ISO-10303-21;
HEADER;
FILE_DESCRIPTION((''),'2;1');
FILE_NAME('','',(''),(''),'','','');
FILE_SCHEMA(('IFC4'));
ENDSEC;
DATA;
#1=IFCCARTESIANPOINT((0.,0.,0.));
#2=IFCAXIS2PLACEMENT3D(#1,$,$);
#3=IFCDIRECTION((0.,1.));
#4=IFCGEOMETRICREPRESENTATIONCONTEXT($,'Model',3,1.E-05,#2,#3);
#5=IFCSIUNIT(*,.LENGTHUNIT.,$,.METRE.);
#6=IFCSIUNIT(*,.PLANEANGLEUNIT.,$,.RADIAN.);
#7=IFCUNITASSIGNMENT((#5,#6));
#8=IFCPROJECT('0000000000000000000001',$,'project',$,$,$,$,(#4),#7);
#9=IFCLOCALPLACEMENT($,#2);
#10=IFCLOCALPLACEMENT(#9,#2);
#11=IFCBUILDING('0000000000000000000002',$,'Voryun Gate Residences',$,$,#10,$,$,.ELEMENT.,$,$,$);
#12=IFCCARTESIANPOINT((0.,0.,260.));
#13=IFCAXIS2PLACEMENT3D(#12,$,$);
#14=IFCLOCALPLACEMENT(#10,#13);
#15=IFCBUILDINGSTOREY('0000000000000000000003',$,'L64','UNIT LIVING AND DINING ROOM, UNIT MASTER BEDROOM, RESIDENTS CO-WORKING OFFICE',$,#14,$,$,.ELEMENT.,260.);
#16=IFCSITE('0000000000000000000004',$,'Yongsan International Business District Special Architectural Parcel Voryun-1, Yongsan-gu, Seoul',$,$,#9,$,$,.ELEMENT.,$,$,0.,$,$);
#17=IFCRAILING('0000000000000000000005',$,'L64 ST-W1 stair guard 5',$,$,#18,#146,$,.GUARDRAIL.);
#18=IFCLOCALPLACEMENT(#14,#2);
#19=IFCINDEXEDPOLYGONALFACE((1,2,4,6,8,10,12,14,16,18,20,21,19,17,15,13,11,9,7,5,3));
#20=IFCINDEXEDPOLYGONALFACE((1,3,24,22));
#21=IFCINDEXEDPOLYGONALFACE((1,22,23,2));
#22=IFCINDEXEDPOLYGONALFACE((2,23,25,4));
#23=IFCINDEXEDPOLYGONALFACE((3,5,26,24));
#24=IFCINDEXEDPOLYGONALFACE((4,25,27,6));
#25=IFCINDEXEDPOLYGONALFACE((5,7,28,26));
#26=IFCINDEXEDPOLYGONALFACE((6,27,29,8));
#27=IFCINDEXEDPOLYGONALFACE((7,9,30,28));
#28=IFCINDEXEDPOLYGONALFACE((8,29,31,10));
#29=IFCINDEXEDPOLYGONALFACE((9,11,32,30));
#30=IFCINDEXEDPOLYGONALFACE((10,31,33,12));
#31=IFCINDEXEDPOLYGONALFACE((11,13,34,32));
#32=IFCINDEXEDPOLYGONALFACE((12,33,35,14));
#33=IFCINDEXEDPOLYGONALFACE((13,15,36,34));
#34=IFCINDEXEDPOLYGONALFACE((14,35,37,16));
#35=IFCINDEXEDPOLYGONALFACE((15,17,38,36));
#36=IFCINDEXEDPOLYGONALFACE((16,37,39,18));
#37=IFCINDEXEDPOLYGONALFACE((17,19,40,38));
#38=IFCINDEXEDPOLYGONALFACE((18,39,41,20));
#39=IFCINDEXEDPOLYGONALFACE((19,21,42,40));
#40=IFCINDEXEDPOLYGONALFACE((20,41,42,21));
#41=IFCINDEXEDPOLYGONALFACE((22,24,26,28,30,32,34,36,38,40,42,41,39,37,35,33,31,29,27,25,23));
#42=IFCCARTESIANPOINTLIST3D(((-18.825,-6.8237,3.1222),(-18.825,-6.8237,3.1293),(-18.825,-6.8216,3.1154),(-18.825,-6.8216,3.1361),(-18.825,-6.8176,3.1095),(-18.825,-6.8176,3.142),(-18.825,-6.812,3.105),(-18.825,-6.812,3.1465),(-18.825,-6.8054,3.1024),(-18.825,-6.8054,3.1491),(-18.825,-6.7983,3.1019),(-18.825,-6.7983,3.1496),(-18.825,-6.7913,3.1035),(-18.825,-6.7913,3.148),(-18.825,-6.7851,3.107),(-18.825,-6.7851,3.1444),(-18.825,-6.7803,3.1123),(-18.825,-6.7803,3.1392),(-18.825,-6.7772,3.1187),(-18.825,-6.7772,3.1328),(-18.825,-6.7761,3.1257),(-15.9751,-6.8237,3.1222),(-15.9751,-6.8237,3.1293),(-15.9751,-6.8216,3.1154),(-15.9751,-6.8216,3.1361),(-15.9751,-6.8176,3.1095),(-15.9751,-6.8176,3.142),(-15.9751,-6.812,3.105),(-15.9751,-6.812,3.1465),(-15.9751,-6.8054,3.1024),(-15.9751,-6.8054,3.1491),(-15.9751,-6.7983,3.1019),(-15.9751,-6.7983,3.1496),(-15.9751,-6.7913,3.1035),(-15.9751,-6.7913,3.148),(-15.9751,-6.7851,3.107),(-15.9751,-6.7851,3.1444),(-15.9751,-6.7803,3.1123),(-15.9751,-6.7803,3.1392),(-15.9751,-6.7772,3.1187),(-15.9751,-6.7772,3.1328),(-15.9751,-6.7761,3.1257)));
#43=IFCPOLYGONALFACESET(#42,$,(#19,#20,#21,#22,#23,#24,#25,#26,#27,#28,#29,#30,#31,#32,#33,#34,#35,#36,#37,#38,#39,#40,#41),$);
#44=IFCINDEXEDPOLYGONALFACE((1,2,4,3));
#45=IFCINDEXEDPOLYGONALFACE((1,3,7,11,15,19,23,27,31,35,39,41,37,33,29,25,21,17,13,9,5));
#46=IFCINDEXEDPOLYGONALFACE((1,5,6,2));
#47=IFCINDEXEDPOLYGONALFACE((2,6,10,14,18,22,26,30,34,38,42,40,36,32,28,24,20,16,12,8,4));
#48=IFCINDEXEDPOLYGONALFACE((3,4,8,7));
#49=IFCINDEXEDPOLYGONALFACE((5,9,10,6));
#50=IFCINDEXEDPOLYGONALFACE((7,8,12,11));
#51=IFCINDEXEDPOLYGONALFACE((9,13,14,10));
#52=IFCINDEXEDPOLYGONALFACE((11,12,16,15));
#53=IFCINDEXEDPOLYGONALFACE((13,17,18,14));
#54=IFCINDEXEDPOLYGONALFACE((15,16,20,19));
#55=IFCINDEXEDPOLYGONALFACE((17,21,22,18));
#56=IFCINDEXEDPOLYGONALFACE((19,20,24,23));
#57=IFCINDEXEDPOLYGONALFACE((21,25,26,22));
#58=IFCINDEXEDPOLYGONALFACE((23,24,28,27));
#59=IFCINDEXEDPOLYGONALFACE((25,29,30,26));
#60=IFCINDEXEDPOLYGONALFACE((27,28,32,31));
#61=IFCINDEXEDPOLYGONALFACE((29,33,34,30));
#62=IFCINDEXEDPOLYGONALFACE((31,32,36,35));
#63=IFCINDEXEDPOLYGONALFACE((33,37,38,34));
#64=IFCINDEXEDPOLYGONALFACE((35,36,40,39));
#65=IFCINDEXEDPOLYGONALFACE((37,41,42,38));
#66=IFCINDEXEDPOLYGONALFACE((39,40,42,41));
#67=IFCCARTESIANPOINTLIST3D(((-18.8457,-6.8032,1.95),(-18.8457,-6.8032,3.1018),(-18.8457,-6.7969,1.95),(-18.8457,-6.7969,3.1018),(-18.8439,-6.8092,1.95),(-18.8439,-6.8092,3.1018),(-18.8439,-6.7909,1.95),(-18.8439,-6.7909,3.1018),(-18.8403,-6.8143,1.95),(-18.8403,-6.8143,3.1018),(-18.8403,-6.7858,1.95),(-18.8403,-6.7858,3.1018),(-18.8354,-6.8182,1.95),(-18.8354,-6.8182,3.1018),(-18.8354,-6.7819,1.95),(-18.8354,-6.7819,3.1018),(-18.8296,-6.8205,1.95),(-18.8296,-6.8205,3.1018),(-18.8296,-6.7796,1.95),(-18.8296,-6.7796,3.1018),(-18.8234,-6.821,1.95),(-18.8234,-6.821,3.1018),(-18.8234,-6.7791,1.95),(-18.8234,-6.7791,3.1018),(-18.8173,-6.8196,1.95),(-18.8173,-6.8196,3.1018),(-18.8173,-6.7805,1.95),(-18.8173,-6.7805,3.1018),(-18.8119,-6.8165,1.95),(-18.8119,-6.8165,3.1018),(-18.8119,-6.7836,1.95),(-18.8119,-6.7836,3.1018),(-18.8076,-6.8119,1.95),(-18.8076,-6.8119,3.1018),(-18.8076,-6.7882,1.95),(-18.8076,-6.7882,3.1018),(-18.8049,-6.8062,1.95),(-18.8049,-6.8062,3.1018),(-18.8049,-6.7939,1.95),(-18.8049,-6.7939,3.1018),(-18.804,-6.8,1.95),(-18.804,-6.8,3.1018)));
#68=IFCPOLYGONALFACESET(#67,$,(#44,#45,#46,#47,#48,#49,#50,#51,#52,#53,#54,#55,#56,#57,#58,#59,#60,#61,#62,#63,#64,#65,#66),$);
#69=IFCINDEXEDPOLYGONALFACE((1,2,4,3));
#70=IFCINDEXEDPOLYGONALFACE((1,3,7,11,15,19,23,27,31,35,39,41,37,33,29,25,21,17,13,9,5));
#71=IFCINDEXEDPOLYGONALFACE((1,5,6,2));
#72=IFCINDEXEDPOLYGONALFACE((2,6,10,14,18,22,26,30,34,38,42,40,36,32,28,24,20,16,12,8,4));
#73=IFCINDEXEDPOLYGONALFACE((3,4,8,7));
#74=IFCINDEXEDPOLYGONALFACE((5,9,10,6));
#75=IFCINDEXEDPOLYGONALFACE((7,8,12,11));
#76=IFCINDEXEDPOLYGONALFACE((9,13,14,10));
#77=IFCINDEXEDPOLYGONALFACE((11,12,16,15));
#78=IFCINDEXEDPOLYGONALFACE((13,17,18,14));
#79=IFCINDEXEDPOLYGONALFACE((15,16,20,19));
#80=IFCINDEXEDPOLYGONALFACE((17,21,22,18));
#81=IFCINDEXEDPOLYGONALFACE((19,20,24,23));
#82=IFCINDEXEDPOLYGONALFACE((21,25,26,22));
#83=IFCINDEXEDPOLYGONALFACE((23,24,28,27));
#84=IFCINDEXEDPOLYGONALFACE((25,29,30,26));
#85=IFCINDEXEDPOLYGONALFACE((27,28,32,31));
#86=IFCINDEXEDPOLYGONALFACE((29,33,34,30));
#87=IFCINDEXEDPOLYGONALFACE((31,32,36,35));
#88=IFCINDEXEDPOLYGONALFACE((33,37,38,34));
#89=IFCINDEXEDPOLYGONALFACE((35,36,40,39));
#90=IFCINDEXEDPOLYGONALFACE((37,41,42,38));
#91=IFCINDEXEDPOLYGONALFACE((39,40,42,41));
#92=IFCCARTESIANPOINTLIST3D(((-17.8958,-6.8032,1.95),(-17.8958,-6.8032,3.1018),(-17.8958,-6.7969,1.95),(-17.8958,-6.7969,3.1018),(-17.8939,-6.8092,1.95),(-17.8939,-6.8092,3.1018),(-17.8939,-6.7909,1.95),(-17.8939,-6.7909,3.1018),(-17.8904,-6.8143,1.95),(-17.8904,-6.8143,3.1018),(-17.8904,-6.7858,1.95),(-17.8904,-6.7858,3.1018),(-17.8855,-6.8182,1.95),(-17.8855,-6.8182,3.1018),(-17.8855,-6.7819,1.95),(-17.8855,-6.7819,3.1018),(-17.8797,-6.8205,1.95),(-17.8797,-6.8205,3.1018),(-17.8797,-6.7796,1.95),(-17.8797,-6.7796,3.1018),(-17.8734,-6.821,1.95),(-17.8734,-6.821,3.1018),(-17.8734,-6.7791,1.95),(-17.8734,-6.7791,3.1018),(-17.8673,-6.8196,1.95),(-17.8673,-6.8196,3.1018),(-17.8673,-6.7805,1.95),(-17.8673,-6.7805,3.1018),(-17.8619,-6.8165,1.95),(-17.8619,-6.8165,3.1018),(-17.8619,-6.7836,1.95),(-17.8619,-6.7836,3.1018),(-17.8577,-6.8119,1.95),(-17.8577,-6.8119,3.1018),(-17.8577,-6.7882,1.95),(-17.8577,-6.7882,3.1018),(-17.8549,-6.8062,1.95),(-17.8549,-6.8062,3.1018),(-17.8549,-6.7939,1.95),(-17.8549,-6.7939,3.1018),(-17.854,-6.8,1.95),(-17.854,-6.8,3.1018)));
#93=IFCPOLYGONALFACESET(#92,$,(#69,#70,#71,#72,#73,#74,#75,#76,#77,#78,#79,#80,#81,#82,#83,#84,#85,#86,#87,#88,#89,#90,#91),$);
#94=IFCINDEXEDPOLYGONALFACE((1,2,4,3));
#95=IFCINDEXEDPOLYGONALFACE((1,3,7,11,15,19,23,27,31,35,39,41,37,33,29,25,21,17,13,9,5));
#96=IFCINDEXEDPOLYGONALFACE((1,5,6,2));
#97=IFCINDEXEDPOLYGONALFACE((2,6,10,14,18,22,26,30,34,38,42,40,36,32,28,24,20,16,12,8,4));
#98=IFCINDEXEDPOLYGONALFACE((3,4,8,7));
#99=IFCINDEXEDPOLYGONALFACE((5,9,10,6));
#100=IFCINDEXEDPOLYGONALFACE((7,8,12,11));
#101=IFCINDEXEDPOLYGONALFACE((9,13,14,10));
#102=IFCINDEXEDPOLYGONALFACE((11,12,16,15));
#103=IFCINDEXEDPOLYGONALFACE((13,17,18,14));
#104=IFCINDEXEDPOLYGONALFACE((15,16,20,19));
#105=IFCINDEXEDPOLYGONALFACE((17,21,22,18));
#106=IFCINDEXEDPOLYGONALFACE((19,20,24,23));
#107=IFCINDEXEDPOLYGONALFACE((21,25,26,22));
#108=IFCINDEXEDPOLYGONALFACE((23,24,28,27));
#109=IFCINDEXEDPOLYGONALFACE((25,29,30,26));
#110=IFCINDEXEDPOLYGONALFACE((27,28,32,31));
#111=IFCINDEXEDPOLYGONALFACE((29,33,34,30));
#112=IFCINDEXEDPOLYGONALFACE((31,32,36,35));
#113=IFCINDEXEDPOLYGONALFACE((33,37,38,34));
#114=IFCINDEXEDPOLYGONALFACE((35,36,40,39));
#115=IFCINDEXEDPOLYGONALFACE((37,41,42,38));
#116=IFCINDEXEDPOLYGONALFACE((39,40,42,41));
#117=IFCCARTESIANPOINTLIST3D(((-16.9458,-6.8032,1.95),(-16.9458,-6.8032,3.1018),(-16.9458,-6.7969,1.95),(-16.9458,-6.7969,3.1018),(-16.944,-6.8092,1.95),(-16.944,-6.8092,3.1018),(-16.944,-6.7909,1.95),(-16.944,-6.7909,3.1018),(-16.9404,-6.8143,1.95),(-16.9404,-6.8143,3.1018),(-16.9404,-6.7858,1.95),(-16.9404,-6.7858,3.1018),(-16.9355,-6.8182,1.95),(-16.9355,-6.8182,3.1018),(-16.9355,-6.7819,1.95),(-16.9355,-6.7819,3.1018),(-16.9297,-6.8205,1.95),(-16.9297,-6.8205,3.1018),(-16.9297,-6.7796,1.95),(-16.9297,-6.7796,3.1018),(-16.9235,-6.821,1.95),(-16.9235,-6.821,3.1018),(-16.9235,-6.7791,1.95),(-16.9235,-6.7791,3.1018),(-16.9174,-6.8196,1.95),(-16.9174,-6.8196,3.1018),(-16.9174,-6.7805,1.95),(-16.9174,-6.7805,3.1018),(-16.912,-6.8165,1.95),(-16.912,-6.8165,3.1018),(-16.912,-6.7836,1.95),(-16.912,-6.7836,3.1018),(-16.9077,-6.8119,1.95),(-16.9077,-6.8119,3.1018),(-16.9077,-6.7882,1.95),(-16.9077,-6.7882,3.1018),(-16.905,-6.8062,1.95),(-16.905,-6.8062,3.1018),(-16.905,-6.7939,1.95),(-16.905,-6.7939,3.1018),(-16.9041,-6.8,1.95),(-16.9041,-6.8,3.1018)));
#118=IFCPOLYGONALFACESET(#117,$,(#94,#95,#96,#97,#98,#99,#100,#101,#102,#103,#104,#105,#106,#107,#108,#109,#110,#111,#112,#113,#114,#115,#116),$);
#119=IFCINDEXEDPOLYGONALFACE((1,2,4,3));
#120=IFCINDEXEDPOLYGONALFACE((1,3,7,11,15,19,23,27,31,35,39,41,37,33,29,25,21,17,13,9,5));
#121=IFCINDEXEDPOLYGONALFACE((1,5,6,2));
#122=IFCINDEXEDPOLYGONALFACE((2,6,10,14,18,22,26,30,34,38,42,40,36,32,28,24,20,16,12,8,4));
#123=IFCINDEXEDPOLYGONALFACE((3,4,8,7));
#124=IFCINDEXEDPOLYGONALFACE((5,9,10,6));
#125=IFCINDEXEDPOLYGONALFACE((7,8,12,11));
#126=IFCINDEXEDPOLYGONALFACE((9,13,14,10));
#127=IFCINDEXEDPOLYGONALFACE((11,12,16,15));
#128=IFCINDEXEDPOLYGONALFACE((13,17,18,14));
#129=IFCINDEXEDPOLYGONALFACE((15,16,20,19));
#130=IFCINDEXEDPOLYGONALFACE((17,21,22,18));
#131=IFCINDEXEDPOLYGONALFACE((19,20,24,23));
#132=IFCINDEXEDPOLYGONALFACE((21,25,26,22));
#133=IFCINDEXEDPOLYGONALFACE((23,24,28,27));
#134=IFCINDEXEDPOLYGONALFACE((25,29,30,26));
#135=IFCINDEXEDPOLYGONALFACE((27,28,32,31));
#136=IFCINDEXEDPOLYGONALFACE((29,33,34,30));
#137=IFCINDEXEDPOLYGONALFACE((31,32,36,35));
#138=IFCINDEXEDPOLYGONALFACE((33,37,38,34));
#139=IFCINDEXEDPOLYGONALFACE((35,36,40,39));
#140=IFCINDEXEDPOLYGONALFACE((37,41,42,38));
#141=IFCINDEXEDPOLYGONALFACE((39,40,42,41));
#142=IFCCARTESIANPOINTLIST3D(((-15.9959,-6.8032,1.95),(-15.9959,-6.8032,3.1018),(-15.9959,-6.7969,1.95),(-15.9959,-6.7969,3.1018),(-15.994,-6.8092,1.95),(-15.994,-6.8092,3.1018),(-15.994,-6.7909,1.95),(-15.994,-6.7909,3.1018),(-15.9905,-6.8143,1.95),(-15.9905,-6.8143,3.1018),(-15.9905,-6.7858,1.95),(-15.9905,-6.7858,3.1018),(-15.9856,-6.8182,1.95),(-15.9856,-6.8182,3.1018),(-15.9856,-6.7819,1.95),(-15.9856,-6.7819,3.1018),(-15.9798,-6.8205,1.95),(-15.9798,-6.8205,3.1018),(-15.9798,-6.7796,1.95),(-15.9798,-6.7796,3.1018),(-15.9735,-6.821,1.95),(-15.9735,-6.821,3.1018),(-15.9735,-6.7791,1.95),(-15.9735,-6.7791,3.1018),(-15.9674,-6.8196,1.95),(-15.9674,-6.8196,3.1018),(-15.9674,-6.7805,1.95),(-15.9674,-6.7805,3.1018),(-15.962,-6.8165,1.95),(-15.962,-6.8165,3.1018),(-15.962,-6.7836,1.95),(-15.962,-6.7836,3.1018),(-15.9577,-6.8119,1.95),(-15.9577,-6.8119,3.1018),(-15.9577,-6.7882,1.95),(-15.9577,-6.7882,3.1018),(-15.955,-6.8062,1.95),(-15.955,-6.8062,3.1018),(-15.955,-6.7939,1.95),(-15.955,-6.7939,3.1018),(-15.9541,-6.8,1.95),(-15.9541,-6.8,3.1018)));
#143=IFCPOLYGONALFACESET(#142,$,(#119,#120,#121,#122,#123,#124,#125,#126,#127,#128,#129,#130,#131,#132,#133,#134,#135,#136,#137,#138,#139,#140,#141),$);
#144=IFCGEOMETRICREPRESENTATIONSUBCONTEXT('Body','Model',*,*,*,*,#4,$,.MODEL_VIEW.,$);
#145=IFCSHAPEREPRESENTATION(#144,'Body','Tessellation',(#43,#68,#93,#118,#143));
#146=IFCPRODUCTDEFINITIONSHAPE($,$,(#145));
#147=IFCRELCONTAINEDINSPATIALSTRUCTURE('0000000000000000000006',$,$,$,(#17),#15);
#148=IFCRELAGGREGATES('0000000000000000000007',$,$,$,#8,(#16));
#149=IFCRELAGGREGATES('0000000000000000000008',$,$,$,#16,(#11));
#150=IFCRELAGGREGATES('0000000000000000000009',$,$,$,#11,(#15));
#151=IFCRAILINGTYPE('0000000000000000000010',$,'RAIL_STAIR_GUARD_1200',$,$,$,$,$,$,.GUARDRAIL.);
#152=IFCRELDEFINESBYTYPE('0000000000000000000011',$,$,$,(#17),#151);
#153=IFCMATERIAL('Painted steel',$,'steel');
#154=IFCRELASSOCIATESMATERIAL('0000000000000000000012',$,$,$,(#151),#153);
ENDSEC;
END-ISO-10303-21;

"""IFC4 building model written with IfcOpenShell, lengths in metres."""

from ifc_helpers import new_model, si_unit, direction, frame, origin, origin_2d, place, context, subcontext, project, spatial, circle, extrude, material, type_object, element, save


model = new_model("IFC4")

# Units and contexts
model_context = context("Model", 3, precision=1e-05, world=origin(), true_north=direction((0.0, 1.0)))
body_context = subcontext(model_context, "Body", "Model", "MODEL_VIEW")
ifc_project = project(units=[si_unit("LENGTHUNIT", "METRE"), si_unit("PLANEANGLEUNIT", "RADIAN")], contexts=[model_context])

# Site, building, storey
site_placement = place(None, origin())
site = spatial("IfcSite", under=ifc_project, at=site_placement, Name="Yongsan International Business District Special Architectural Parcel Voryun-1, Yongsan-gu, Seoul", CompositionType="ELEMENT", RefElevation=0.0)
building_placement = place(site_placement, origin())
building = spatial("IfcBuilding", under=site, at=building_placement, Name="Voryun Gate Residences", CompositionType="ELEMENT")
storey_placement = place(building_placement, frame((0.0, 0.0, 260.0)))
storey = spatial("IfcBuildingStorey", under=building, at=storey_placement, Name="L64", Description="UNIT LIVING AND DINING ROOM, UNIT MASTER BEDROOM, RESIDENTS CO-WORKING OFFICE", CompositionType="ELEMENT", Elevation=260.0)

# Railing
ifc_material_1 = material(Name="Painted steel", Category="steel")
railing_type_1 = type_object("IfcRailingType", Name="RAIL_STAIR_GUARD_1200", PredefinedType="GUARDRAIL", material=ifc_material_1)
railing_1_placement = place(storey_placement, frame((-18.825, -6.8, 1.95)))
element("IfcRailing", 1, at=railing_1_placement, inside=storey, type_object=railing_type_1, Name="L64 ST-W1 stair guard 5", PredefinedType="GUARDRAIL", context=body_context, shape_type="SweptSolid", body=[
    extrude(circle(Radius=0.0239, at=origin_2d()), frame((0.0, 0.0, 1.1758), z_axis=(1.0, 0.0, 0.0), x_axis=(0.0, 1.0, 0.0)), (0.0, 0.0, 1.0), 2.8499),
    extrude(circle(Radius=0.021, at=origin_2d()), origin(), (0.0, 0.0, 1.0), 1.1519),
    extrude(circle(Radius=0.021, at=origin_2d()), frame((0.95, 0.0, 0.0)), (0.0, 0.0, 1.0), 1.1519),
    extrude(circle(Radius=0.021, at=origin_2d()), frame((1.8999, 0.0, 0.0)), (0.0, 0.0, 1.0), 1.1519),
    extrude(circle(Radius=0.021, at=origin_2d()), frame((2.8499, 0.0, 0.0)), (0.0, 0.0, 1.0), 1.1519),
])

save(model, "model.ifc")
